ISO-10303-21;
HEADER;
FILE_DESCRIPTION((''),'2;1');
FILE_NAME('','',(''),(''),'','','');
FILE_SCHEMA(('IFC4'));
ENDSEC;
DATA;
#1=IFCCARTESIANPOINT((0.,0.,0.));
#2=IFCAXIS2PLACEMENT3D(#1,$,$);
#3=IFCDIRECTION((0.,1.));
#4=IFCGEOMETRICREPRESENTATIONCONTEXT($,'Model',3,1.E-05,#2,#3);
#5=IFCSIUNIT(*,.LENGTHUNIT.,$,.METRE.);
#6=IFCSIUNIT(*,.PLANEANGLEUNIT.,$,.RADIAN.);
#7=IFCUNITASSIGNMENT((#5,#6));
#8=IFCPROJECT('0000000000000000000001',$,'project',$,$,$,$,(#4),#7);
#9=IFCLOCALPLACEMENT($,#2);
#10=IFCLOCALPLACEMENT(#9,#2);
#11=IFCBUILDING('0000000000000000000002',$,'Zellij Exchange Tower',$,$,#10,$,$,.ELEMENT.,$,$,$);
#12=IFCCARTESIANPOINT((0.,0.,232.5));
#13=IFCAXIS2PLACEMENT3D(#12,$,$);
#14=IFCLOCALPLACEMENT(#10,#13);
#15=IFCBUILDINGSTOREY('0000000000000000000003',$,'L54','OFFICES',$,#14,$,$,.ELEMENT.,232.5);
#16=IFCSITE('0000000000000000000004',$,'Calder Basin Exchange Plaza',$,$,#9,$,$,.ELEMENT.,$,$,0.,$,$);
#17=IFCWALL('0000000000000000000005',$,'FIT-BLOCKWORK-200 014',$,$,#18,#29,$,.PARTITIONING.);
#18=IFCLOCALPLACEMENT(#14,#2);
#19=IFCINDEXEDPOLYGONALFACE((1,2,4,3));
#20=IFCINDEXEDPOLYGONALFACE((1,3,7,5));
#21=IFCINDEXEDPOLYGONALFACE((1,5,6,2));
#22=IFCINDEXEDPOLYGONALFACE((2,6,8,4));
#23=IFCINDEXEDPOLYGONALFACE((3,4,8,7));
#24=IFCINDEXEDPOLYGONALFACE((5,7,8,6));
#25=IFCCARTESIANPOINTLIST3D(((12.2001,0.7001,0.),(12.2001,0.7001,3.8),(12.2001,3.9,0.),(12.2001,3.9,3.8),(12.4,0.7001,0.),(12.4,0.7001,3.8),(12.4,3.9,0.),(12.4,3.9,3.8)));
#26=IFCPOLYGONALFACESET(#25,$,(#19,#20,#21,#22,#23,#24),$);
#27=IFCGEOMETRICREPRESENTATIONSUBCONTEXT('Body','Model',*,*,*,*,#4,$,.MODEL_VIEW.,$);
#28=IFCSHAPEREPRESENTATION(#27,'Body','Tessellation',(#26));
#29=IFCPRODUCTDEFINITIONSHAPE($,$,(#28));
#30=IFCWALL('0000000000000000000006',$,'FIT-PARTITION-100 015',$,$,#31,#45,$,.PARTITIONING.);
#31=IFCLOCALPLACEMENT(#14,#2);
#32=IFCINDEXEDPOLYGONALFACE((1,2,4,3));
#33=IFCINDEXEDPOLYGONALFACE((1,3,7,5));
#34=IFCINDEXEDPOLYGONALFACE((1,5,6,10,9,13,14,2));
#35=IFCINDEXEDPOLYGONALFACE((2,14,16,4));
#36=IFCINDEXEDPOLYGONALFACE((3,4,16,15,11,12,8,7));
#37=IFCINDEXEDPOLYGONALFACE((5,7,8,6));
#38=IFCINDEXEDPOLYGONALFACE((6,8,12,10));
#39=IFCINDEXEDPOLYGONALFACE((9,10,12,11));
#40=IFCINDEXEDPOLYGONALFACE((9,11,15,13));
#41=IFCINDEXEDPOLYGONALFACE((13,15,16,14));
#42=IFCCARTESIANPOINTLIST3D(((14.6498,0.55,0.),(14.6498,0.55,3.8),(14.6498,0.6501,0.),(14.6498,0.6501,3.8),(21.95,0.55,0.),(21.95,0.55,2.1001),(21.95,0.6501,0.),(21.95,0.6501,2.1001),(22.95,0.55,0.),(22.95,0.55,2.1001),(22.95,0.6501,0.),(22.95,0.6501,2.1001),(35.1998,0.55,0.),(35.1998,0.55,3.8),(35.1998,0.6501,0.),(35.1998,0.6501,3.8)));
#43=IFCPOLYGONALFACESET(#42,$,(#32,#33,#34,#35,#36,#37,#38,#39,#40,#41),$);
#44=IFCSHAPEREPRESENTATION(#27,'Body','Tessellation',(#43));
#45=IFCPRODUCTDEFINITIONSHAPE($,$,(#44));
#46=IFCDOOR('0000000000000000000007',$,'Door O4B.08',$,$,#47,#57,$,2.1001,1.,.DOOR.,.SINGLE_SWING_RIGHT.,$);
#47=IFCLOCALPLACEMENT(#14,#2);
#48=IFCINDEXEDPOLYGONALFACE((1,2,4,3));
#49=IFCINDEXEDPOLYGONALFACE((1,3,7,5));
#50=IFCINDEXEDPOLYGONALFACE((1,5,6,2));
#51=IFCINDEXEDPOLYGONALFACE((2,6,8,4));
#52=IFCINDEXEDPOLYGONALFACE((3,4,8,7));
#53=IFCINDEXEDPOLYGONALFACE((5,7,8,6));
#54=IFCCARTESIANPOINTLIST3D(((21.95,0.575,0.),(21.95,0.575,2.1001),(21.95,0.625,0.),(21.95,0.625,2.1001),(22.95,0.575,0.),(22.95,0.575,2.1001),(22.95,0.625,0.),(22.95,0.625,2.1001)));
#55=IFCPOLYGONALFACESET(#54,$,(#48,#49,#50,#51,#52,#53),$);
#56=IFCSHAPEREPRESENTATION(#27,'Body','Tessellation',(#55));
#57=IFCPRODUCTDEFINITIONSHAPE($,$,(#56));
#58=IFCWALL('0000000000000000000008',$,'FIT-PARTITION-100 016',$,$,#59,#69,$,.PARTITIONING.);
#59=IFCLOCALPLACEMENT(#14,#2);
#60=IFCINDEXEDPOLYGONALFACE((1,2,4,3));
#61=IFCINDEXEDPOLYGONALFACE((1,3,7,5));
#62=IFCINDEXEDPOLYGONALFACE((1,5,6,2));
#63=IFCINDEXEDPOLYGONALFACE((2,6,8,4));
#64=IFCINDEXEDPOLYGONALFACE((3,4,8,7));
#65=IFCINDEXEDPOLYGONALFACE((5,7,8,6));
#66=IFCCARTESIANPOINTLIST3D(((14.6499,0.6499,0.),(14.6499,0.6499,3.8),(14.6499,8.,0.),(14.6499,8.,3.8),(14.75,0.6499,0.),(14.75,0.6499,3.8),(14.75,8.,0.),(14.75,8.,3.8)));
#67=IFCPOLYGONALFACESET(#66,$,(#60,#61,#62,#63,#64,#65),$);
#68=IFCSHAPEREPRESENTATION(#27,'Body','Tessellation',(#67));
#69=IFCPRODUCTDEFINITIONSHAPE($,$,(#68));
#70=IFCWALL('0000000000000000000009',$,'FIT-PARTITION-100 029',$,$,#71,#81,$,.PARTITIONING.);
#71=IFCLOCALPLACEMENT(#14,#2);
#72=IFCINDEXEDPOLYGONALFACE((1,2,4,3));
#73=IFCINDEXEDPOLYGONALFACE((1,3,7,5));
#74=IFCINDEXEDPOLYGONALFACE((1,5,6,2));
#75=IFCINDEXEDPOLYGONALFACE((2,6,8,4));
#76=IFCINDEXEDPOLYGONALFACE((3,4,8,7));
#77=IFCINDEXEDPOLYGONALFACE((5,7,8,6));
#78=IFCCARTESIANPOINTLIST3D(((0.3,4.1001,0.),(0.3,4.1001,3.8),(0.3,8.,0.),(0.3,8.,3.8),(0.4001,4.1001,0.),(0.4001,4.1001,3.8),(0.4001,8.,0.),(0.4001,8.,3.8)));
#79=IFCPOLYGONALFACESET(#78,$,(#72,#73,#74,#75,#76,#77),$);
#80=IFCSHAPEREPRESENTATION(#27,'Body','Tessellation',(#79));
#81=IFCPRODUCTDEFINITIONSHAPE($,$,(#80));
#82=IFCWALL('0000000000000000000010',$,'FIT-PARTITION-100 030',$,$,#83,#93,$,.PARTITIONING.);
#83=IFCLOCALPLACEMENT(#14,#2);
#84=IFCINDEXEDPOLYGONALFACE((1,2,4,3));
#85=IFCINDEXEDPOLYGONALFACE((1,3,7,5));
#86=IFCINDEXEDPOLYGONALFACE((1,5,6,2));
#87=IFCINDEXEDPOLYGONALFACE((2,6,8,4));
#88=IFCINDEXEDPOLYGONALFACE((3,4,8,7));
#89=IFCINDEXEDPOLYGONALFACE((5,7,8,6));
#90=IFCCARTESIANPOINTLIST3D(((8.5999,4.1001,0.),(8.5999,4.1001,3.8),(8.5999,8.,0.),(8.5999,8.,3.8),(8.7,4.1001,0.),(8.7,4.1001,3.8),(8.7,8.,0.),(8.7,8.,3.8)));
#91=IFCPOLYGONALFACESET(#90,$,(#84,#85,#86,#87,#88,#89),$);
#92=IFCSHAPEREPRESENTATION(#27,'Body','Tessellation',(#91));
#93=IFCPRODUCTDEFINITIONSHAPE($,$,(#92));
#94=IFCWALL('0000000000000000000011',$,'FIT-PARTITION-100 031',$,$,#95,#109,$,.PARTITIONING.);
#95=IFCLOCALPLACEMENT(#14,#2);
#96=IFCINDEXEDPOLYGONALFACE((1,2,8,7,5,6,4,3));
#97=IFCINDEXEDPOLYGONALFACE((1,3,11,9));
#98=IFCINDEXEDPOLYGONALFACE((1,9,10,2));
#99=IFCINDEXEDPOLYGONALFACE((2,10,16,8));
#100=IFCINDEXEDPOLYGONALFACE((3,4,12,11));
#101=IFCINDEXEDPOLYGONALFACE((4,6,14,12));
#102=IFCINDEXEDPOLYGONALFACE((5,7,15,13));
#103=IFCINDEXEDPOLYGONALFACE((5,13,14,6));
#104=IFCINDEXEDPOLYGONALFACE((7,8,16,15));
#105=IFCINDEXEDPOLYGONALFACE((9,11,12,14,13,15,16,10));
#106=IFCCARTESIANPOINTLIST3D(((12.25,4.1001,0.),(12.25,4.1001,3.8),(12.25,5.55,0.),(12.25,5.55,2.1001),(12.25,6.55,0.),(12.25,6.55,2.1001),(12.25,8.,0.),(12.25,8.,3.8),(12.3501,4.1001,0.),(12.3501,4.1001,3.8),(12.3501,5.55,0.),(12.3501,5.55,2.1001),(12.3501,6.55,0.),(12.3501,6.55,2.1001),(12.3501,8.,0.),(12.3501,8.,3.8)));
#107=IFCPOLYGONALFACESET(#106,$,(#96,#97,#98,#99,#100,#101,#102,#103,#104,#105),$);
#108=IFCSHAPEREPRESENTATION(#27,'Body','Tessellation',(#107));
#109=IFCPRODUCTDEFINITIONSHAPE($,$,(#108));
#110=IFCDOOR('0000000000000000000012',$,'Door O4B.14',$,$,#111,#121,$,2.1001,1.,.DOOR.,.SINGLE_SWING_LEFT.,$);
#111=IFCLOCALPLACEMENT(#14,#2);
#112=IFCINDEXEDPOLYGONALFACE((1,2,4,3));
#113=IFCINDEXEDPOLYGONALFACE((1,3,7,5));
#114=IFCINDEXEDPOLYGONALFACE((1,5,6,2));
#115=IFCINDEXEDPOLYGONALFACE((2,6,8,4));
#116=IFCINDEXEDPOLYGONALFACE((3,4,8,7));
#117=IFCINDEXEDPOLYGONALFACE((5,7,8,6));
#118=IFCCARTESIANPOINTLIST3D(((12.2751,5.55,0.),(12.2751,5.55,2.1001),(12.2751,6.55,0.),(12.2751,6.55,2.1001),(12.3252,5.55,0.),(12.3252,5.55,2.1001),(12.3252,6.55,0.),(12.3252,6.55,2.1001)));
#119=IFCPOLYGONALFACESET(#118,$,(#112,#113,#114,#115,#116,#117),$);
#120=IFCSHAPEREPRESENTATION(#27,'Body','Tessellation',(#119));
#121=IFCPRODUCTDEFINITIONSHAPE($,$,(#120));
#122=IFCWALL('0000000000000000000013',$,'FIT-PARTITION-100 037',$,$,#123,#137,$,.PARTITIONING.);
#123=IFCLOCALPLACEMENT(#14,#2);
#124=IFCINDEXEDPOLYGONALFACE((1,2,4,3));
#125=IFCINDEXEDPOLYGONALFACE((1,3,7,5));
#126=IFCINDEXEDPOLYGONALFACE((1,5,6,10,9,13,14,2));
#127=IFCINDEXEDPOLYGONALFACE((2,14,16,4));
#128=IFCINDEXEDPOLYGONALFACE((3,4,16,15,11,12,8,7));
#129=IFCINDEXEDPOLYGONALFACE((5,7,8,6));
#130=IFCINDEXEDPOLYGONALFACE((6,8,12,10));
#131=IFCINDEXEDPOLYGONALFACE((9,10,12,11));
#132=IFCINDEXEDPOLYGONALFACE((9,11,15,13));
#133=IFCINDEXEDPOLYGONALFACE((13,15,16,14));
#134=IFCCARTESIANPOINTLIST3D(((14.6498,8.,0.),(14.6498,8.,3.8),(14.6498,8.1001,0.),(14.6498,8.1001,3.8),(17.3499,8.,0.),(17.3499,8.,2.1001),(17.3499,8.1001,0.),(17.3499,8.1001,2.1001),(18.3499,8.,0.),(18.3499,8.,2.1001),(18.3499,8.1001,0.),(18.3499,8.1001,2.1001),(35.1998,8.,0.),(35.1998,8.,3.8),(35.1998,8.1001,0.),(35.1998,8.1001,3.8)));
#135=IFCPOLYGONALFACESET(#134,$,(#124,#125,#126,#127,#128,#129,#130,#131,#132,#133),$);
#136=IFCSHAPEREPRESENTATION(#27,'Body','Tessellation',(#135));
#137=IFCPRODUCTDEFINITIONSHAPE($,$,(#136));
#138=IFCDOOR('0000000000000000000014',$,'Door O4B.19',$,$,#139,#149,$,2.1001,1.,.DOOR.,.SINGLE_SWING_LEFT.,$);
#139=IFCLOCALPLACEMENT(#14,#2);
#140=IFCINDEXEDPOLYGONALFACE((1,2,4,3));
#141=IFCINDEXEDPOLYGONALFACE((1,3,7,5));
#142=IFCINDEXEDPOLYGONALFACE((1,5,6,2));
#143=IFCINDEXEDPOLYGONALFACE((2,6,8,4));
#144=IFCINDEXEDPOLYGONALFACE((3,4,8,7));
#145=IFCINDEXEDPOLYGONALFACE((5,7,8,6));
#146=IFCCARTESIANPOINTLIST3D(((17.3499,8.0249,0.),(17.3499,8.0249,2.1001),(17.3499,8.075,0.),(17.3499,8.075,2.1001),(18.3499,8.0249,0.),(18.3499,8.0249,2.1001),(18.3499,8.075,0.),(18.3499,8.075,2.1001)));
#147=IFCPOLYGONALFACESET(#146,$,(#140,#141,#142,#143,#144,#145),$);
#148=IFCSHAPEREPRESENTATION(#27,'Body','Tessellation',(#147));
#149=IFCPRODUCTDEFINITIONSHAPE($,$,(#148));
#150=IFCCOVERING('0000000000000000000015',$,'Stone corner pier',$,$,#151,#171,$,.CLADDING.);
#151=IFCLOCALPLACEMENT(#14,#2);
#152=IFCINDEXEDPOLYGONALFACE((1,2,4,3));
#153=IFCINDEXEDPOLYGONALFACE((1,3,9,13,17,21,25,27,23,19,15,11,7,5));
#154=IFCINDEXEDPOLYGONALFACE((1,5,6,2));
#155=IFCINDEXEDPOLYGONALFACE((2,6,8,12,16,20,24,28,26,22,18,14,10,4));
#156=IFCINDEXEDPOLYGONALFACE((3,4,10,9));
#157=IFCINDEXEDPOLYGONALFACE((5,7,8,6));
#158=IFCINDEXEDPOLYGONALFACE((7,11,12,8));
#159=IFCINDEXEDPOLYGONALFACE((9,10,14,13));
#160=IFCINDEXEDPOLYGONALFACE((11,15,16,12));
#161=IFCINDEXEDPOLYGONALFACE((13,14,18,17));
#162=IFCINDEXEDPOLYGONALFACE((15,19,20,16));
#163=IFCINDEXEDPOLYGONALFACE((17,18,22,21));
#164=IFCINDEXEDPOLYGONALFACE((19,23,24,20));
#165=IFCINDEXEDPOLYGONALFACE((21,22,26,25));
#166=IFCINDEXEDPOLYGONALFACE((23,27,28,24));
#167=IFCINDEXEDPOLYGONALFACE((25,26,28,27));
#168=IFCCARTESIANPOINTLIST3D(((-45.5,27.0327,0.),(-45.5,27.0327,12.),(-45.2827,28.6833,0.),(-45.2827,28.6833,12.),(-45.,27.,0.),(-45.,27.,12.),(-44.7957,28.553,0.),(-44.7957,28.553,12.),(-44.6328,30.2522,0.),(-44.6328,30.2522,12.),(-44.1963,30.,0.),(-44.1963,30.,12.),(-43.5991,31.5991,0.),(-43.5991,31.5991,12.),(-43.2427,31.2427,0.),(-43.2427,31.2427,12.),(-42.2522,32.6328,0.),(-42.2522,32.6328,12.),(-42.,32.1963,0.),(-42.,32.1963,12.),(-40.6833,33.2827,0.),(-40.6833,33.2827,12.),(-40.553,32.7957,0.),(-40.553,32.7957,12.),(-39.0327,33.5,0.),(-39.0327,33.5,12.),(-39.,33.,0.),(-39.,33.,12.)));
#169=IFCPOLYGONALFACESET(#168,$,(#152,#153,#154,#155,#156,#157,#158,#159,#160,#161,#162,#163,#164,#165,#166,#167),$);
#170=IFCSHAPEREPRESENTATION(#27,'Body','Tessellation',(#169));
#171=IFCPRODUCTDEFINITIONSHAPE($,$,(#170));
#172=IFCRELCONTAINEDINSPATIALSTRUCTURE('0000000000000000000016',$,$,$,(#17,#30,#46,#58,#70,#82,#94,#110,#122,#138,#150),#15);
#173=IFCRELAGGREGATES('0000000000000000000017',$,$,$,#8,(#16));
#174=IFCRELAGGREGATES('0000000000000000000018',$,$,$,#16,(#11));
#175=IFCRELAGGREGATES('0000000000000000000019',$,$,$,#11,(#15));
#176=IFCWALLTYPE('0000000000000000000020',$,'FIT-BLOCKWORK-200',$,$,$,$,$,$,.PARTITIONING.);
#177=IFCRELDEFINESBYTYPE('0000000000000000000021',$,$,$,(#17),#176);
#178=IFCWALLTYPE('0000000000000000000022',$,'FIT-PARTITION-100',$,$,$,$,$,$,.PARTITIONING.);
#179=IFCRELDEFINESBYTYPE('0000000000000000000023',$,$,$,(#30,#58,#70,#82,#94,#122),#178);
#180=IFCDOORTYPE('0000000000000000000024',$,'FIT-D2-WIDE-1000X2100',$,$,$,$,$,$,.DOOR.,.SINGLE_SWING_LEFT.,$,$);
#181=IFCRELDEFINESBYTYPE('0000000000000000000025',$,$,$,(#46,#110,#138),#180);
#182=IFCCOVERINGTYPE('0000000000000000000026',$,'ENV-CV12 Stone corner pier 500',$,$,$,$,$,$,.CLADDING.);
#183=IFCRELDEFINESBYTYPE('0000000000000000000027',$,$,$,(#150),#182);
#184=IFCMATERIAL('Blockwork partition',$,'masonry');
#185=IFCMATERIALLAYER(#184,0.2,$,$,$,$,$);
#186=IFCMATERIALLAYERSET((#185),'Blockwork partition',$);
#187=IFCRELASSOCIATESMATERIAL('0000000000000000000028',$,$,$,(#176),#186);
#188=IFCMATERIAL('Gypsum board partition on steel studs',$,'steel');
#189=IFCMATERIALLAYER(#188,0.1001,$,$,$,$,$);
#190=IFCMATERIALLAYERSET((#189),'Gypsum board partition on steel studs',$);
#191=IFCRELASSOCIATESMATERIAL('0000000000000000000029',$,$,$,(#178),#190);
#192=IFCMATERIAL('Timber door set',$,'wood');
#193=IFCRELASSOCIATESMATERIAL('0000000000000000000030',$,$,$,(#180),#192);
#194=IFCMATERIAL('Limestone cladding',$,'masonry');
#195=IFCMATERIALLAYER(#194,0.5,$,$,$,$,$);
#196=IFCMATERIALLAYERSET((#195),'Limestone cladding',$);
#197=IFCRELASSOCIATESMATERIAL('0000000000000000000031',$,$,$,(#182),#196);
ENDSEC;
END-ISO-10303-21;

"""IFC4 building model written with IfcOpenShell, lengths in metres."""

from ifc_helpers import new_model, si_unit, direction, frame, frame_2d, origin, place, context, subcontext, project, spatial, polyline, rectangle, outline, extrude, material, layer, layer_set, type_object, element, fill, save


model = new_model("IFC4")

# Units and contexts
model_context = context("Model", 3, precision=1e-05, world=origin(), true_north=direction((0.0, 1.0)))
body_context = subcontext(model_context, "Body", "Model", "MODEL_VIEW")
ifc_project = project(units=[si_unit("LENGTHUNIT", "METRE"), si_unit("PLANEANGLEUNIT", "RADIAN")], contexts=[model_context])

# Site, building, storey
site_placement = place(None, origin())
site = spatial("IfcSite", under=ifc_project, at=site_placement, Name="Calder Basin Exchange Plaza", CompositionType="ELEMENT", RefElevation=0.0)
building_placement = place(site_placement, origin())
building = spatial("IfcBuilding", under=site, at=building_placement, Name="Zellij Exchange Tower", CompositionType="ELEMENT")
storey_placement = place(building_placement, frame((0.0, 0.0, 232.5)))
storey = spatial("IfcBuildingStorey", under=building, at=storey_placement, Name="L54", Description="OFFICES", CompositionType="ELEMENT", Elevation=232.5)

# Wall
ifc_material_1 = material(Name="Blockwork partition", Category="masonry")
ifc_layer_1 = layer(ifc_material_1, 0.2)
ifc_layer_set_1 = layer_set([ifc_layer_1], Name="Blockwork partition")
wall_type_1 = type_object("IfcWallType", Name="FIT-BLOCKWORK-200", PredefinedType="PARTITIONING", material=ifc_layer_set_1)
wall_1_placement = place(storey_placement, frame((12.3, 0.7, 0.0), z_axis=(0.0, 0.0, 1.0), x_axis=(0.0, 1.0, 0.0)))
element("IfcWall", 1, at=wall_1_placement, inside=storey, type_object=wall_type_1, Name="FIT-BLOCKWORK-200 014", PredefinedType="PARTITIONING", context=body_context, shape_type="SweptSolid", body=[
    extrude(rectangle(XDim=3.2, YDim=0.2, at=frame_2d((1.6001, 0.0))), origin(), (0.0, 0.0, 1.0), 3.8),
])

# Wall, opening, door
ifc_material_2 = material(Name="Gypsum board partition on steel studs", Category="steel")
ifc_layer_2 = layer(ifc_material_2, 0.1001)
ifc_layer_set_2 = layer_set([ifc_layer_2], Name="Gypsum board partition on steel studs")
wall_type_2 = type_object("IfcWallType", Name="FIT-PARTITION-100", PredefinedType="PARTITIONING", material=ifc_layer_set_2)
wall_2_placement = place(storey_placement, frame((14.6499, 0.6001, 0.0), z_axis=(0.0, 0.0, 1.0), x_axis=(1.0, 0.0, 0.0)))
wall_2 = element("IfcWall", 2, at=wall_2_placement, inside=storey, type_object=wall_type_2, Name="FIT-PARTITION-100 015", PredefinedType="PARTITIONING", context=body_context, shape_type="SweptSolid", body=[
    extrude(rectangle(XDim=20.55, YDim=0.1001, at=frame_2d((10.2749, 0.0))), origin(), (0.0, 0.0, 1.0), 3.8),
])
opening_1_placement = place(wall_2_placement, frame((7.3, 0.0, 0.0)))
opening_1 = element("IfcOpeningElement", 3, at=opening_1_placement, cuts=wall_2, PredefinedType="OPENING", context=body_context, shape_type="SweptSolid", body=[
    extrude(rectangle(XDim=1.0, YDim=2.1001, at=frame_2d((0.5, 1.05))), frame((0.0, 0.062, 0.0), z_axis=(0.0, -1.0, 0.0), x_axis=(1.0, 0.0, 0.0)), (0.0, 0.0, 1.0), 0.124),
])
ifc_material_3 = material(Name="Timber door set", Category="wood")
door_type = type_object("IfcDoorType", Name="FIT-D2-WIDE-1000X2100", OperationType="SINGLE_SWING_LEFT", PredefinedType="DOOR", material=ifc_material_3)
door_1_placement = place(opening_1_placement, origin())
door_1 = element("IfcDoor", 4, at=door_1_placement, inside=storey, type_object=door_type, Name="Door O4B.08", OperationType="SINGLE_SWING_RIGHT", OverallHeight=2.1001, OverallWidth=1.0, PredefinedType="DOOR", context=body_context, shape_type="SweptSolid", body=[
    extrude(rectangle(XDim=1.0, YDim=2.1001, at=frame_2d((0.5, 1.05))), frame((0.0, 0.0249, 0.0), z_axis=(0.0, -1.0, 0.0), x_axis=(1.0, 0.0, 0.0)), (0.0, 0.0, 1.0), 0.05),
])
fill(opening_1, door_1)

# Walls
wall_3_placement = place(storey_placement, frame((14.7, 0.6499, 0.0), z_axis=(0.0, 0.0, 1.0), x_axis=(0.0, 1.0, 0.0)))
element("IfcWall", 5, at=wall_3_placement, inside=storey, type_object=wall_type_2, Name="FIT-PARTITION-100 016", PredefinedType="PARTITIONING", context=body_context, shape_type="SweptSolid", body=[
    extrude(rectangle(XDim=7.3501, YDim=0.1001, at=frame_2d((3.675, 0.0))), origin(), (0.0, 0.0, 1.0), 3.8),
])
for number, where, z_axis, x_axis, name in (
    (6, (0.3501, 4.1001, 0.0), (0.0, 0.0, 1.0), (0.0, 1.0, 0.0), "FIT-PARTITION-100 029"),
    (7, (8.6499, 4.1001, 0.0), (0.0, 0.0, 1.0), (0.0, 1.0, 0.0), "FIT-PARTITION-100 030"),
):
    element("IfcWall", number, at=place(storey_placement, frame(where, z_axis=z_axis, x_axis=x_axis)), inside=storey, type_object=wall_type_2, Name=name, PredefinedType="PARTITIONING", context=body_context, shape_type="SweptSolid", body=[
        extrude(rectangle(XDim=3.8999, YDim=0.1001, at=frame_2d((1.95, 0.0))), origin(), (0.0, 0.0, 1.0), 3.8),
    ])

# Walls, openings, doors
wall_4_placement = place(storey_placement, frame((12.3, 4.1001, 0.0), z_axis=(0.0, 0.0, 1.0), x_axis=(0.0, 1.0, 0.0)))
wall_4 = element("IfcWall", 8, at=wall_4_placement, inside=storey, type_object=wall_type_2, Name="FIT-PARTITION-100 031", PredefinedType="PARTITIONING", context=body_context, shape_type="SweptSolid", body=[
    extrude(rectangle(XDim=3.8999, YDim=0.1001, at=frame_2d((1.95, 0.0))), origin(), (0.0, 0.0, 1.0), 3.8),
])
opening_2_placement = place(wall_4_placement, frame((1.45, 0.0, 0.0)))
opening_2 = element("IfcOpeningElement", 9, at=opening_2_placement, cuts=wall_4, PredefinedType="OPENING", context=body_context, shape_type="SweptSolid", body=[
    extrude(rectangle(XDim=1.0, YDim=2.1001, at=frame_2d((0.5, 1.05))), frame((0.0, 0.062, 0.0), z_axis=(0.0, -1.0, 0.0), x_axis=(1.0, 0.0, 0.0)), (0.0, 0.0, 1.0), 0.124),
])
door_2_placement = place(opening_2_placement, origin())
door_2 = element("IfcDoor", 10, at=door_2_placement, inside=storey, type_object=door_type, Name="Door O4B.14", OperationType="SINGLE_SWING_LEFT", OverallHeight=2.1001, OverallWidth=1.0, PredefinedType="DOOR", context=body_context, shape_type="SweptSolid", body=[
    extrude(rectangle(XDim=1.0, YDim=2.1001, at=frame_2d((0.5, 1.05))), frame((0.0, 0.0249, 0.0), z_axis=(0.0, -1.0, 0.0), x_axis=(1.0, 0.0, 0.0)), (0.0, 0.0, 1.0), 0.05),
])
fill(opening_2, door_2)
wall_5_placement = place(storey_placement, frame((14.6499, 8.05, 0.0), z_axis=(0.0, 0.0, 1.0), x_axis=(1.0, 0.0, 0.0)))
wall_5 = element("IfcWall", 11, at=wall_5_placement, inside=storey, type_object=wall_type_2, Name="FIT-PARTITION-100 037", PredefinedType="PARTITIONING", context=body_context, shape_type="SweptSolid", body=[
    extrude(rectangle(XDim=20.55, YDim=0.1001, at=frame_2d((10.2749, 0.0))), origin(), (0.0, 0.0, 1.0), 3.8),
])
opening_3_placement = place(wall_5_placement, frame((2.7, 0.0, 0.0)))
opening_3 = element("IfcOpeningElement", 12, at=opening_3_placement, cuts=wall_5, PredefinedType="OPENING", context=body_context, shape_type="SweptSolid", body=[
    extrude(rectangle(XDim=1.0, YDim=2.1001, at=frame_2d((0.5, 1.05))), frame((0.0, 0.062, 0.0), z_axis=(0.0, -1.0, 0.0), x_axis=(1.0, 0.0, 0.0)), (0.0, 0.0, 1.0), 0.124),
])
door_3_placement = place(opening_3_placement, origin())
door_3 = element("IfcDoor", 13, at=door_3_placement, inside=storey, type_object=door_type, Name="Door O4B.19", OperationType="SINGLE_SWING_LEFT", OverallHeight=2.1001, OverallWidth=1.0, PredefinedType="DOOR", context=body_context, shape_type="SweptSolid", body=[
    extrude(rectangle(XDim=1.0, YDim=2.1001, at=frame_2d((0.5, 1.05))), frame((0.0, 0.0249, 0.0), z_axis=(0.0, -1.0, 0.0), x_axis=(1.0, 0.0, 0.0)), (0.0, 0.0, 1.0), 0.05),
])
fill(opening_3, door_3)

# Covering
ifc_material_4 = material(Name="Limestone cladding", Category="masonry")
ifc_layer_3 = layer(ifc_material_4, 0.5)
ifc_layer_set_3 = layer_set([ifc_layer_3], Name="Limestone cladding")
covering_type = type_object("IfcCoveringType", Name="ENV-CV12 Stone corner pier 500", PredefinedType="CLADDING", material=ifc_layer_set_3)
covering_1_placement = place(storey_placement, origin())
element("IfcCovering", 14, at=covering_1_placement, inside=storey, type_object=covering_type, Name="Stone corner pier", PredefinedType="CLADDING", context=body_context, shape_type="SweptSolid", body=[
    extrude(outline(polyline([(-39.0, 33.0), (-40.553, 32.7957), (-42.0, 32.1963), (-43.2427, 31.2427), (-44.1963, 30.0), (-44.7957, 28.553), (-45.0, 27.0), (-45.5, 27.0327), (-45.2827, 28.6833), (-44.6328, 30.2522), (-43.5991, 31.5991), (-42.2522, 32.6328), (-40.6833, 33.2827), (-39.0327, 33.5), (-39.0, 33.0)])), origin(), (0.0, 0.0, 1.0), 12.0),
])

save(model, "model.ifc")
